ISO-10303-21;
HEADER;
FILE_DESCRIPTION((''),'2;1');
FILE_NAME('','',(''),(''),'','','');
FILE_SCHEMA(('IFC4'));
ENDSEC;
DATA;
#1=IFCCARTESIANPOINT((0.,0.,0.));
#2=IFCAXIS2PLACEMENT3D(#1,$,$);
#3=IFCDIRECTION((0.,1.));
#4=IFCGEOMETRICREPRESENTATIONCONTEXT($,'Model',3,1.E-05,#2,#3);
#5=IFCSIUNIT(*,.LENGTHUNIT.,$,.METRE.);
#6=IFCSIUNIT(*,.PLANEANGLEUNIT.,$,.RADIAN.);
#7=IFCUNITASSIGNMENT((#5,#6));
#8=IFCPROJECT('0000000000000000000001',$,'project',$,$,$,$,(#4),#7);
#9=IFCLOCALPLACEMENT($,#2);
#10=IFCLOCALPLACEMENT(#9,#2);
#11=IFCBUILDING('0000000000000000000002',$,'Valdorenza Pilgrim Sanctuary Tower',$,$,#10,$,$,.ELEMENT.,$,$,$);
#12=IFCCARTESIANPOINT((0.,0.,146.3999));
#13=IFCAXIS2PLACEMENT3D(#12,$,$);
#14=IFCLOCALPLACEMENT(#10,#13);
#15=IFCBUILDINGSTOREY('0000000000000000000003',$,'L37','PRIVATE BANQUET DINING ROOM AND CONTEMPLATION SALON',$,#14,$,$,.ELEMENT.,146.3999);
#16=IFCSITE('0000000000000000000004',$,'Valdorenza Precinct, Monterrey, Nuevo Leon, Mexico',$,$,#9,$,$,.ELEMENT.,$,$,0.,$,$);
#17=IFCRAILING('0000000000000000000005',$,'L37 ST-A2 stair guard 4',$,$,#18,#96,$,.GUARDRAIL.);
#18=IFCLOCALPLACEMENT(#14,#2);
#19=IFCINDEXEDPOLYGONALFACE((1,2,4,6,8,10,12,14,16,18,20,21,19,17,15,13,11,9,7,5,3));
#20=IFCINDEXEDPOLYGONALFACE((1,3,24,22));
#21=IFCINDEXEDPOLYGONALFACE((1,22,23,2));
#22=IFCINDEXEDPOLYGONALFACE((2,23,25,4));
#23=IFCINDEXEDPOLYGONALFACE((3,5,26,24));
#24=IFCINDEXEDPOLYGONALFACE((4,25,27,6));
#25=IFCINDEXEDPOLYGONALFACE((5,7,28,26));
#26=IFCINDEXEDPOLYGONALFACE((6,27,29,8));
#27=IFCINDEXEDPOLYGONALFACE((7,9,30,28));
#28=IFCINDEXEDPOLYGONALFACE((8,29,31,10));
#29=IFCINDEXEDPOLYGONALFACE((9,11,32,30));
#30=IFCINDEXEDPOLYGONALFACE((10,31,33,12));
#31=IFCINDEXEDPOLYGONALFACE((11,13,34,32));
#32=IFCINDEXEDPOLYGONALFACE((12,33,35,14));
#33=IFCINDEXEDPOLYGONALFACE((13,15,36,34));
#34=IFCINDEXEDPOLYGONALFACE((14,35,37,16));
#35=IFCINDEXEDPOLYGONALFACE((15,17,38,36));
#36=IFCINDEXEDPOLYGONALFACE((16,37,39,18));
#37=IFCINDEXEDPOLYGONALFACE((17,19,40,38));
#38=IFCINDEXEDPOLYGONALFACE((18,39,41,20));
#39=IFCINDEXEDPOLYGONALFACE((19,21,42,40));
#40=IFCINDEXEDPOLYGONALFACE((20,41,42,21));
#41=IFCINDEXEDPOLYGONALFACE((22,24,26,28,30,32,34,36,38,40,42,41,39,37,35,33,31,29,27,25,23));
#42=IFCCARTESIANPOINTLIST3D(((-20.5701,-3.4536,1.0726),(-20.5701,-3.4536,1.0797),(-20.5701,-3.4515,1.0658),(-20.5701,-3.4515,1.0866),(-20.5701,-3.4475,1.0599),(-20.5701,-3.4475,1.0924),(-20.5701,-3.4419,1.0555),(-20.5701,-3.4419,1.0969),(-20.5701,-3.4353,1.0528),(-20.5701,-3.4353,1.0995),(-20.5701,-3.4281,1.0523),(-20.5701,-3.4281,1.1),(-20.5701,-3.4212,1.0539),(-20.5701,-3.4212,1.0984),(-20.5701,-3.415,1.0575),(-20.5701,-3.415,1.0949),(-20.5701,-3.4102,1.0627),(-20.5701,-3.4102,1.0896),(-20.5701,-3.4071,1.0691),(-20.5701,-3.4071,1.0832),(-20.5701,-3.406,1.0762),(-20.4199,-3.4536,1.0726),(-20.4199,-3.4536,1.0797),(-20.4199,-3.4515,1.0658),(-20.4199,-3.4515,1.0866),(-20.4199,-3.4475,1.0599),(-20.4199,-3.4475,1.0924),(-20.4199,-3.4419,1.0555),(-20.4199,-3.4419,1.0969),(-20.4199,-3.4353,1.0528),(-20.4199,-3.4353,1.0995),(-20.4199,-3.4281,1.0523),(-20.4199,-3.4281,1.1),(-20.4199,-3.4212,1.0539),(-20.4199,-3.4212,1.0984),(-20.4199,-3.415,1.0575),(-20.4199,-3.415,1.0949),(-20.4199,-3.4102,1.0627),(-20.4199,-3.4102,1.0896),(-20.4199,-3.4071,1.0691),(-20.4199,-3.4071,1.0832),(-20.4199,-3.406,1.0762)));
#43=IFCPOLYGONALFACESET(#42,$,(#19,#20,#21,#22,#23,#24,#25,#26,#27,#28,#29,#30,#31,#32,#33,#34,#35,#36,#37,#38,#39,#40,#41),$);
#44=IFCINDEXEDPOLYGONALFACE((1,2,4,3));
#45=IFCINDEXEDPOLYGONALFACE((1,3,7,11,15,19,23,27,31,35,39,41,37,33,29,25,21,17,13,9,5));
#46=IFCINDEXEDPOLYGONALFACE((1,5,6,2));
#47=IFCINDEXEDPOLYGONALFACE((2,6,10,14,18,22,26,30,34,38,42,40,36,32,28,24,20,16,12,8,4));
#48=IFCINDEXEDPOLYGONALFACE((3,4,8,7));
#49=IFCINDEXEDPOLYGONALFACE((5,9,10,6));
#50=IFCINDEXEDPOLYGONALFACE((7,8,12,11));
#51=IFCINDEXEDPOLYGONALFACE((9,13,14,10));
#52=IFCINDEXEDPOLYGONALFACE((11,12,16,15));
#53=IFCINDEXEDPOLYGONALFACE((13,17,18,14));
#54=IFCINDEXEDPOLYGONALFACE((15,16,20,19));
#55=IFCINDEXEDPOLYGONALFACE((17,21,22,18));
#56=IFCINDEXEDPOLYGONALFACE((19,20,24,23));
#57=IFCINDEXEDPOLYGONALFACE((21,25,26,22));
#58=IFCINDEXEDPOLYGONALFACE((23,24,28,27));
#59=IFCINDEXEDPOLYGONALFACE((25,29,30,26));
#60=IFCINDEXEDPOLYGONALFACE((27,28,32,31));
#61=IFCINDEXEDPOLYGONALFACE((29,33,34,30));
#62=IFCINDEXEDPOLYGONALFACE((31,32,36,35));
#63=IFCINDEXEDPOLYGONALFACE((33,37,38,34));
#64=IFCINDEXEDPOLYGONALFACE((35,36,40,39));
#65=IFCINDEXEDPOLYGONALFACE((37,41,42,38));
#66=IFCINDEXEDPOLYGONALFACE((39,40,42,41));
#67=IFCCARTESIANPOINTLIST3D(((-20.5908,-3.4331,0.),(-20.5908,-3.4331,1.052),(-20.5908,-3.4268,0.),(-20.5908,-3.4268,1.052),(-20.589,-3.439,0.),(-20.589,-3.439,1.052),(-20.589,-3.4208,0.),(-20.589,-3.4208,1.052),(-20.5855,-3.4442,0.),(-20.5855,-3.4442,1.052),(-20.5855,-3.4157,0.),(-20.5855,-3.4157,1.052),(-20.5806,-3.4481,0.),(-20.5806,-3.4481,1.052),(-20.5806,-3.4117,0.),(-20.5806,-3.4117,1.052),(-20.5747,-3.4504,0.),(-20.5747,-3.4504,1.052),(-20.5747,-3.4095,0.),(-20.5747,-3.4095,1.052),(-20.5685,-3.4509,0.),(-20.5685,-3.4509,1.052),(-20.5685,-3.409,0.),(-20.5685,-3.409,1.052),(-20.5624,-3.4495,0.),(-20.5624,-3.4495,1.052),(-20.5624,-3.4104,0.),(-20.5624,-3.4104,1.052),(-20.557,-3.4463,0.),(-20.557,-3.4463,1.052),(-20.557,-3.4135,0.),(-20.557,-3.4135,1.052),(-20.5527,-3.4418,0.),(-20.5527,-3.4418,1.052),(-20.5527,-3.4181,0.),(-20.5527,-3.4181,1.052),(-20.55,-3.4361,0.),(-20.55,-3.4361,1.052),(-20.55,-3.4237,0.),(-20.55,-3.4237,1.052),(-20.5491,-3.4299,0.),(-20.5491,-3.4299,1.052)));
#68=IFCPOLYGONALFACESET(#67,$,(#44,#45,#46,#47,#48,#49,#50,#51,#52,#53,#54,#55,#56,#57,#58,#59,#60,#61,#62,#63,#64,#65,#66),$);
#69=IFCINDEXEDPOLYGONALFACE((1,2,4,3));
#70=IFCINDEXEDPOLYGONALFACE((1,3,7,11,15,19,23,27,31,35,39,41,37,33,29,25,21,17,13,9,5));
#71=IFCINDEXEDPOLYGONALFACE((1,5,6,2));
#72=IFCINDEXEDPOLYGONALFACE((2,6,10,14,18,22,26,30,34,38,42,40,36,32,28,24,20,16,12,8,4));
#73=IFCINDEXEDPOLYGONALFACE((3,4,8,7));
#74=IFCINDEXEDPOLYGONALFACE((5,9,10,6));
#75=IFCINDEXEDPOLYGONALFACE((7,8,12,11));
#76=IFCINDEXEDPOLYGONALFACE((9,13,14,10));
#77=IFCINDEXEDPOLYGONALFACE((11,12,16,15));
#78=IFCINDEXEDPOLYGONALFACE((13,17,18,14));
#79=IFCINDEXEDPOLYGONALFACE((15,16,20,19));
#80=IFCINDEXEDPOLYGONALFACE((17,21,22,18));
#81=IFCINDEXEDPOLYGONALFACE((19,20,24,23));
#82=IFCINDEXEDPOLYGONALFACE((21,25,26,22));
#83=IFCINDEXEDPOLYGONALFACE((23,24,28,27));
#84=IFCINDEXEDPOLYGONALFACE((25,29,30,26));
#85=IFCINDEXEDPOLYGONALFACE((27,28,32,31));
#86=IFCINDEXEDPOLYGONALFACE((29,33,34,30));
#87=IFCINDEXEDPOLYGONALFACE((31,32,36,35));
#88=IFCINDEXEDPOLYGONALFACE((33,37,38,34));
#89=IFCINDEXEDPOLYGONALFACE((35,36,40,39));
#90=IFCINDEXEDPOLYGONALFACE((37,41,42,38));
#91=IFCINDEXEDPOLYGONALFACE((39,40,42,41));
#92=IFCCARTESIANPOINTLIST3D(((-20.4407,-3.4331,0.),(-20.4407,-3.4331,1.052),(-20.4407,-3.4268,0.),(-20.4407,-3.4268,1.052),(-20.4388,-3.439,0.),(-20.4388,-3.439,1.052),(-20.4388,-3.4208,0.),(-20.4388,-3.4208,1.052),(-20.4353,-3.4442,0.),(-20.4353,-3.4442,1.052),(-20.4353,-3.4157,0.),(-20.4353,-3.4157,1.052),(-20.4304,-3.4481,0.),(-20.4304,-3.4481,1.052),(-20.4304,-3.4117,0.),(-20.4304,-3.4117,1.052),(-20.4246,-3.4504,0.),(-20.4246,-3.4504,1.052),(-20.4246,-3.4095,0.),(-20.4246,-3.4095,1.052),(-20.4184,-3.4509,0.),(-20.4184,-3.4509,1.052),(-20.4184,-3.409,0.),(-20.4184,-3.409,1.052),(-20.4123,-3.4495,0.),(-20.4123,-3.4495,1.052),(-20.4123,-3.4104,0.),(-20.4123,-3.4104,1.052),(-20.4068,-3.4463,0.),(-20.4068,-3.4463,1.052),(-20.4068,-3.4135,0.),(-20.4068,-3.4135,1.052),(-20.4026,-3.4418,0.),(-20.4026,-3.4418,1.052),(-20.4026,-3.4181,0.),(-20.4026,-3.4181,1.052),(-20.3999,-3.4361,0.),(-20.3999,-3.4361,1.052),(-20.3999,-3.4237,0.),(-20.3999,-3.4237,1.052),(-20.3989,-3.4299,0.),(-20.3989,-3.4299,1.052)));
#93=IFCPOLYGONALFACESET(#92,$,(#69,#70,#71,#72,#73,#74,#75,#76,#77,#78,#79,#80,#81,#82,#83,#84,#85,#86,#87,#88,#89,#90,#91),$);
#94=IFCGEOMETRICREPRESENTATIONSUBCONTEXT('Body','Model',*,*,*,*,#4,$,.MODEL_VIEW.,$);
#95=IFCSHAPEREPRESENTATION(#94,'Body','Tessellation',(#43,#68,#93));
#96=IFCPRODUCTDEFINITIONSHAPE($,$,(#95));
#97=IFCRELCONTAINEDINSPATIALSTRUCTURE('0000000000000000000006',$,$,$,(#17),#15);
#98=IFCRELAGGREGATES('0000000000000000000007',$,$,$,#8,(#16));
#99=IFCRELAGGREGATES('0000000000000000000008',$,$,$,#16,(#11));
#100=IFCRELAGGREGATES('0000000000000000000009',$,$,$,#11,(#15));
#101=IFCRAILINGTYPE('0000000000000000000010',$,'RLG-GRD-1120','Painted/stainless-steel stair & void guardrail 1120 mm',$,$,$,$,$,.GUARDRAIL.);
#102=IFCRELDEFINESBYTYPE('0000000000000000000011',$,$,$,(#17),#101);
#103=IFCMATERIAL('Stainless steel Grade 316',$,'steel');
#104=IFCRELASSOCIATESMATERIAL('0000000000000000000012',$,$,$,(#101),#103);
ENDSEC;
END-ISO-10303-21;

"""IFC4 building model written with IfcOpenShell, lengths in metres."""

from ifc_helpers import new_model, si_unit, direction, frame, origin, origin_2d, place, context, subcontext, project, spatial, circle, extrude, material, type_object, element, save


model = new_model("IFC4")

# Units and contexts
model_context = context("Model", 3, precision=1e-05, world=origin(), true_north=direction((0.0, 1.0)))
body_context = subcontext(model_context, "Body", "Model", "MODEL_VIEW")
ifc_project = project(units=[si_unit("LENGTHUNIT", "METRE"), si_unit("PLANEANGLEUNIT", "RADIAN")], contexts=[model_context])

# Site, building, storey
site_placement = place(None, origin())
site = spatial("IfcSite", under=ifc_project, at=site_placement, Name="Valdorenza Precinct, Monterrey, Nuevo Leon, Mexico", CompositionType="ELEMENT", RefElevation=0.0)
building_placement = place(site_placement, origin())
building = spatial("IfcBuilding", under=site, at=building_placement, Name="Valdorenza Pilgrim Sanctuary Tower", CompositionType="ELEMENT")
storey_placement = place(building_placement, frame((0.0, 0.0, 146.3999)))
storey = spatial("IfcBuildingStorey", under=building, at=storey_placement, Name="L37", Description="PRIVATE BANQUET DINING ROOM AND CONTEMPLATION SALON", CompositionType="ELEMENT", Elevation=146.3999)

# Railing
ifc_material_1 = material(Name="Stainless steel Grade 316", Category="steel")
railing_type_1 = type_object("IfcRailingType", Name="RLG-GRD-1120", Description="Painted/stainless-steel stair & void guardrail 1120 mm", PredefinedType="GUARDRAIL", material=ifc_material_1)
railing_1_placement = place(storey_placement, frame((-20.5701, -3.4299, 0.0)))
element("IfcRailing", 1, at=railing_1_placement, inside=storey, type_object=railing_type_1, Name="L37 ST-A2 stair guard 4", PredefinedType="GUARDRAIL", context=body_context, shape_type="SweptSolid", body=[
    extrude(circle(Radius=0.0239, at=origin_2d()), frame((0.0, 0.0, 1.0762), z_axis=(1.0, 0.0, 0.0), x_axis=(0.0, 1.0, 0.0)), (0.0, 0.0, 1.0), 0.1501),
    extrude(circle(Radius=0.021, at=origin_2d()), origin(), (0.0, 0.0, 1.0), 1.052),
    extrude(circle(Radius=0.021, at=origin_2d()), frame((0.1501, 0.0, 0.0)), (0.0, 0.0, 1.0), 1.052),
])

save(model, "model.ifc")
